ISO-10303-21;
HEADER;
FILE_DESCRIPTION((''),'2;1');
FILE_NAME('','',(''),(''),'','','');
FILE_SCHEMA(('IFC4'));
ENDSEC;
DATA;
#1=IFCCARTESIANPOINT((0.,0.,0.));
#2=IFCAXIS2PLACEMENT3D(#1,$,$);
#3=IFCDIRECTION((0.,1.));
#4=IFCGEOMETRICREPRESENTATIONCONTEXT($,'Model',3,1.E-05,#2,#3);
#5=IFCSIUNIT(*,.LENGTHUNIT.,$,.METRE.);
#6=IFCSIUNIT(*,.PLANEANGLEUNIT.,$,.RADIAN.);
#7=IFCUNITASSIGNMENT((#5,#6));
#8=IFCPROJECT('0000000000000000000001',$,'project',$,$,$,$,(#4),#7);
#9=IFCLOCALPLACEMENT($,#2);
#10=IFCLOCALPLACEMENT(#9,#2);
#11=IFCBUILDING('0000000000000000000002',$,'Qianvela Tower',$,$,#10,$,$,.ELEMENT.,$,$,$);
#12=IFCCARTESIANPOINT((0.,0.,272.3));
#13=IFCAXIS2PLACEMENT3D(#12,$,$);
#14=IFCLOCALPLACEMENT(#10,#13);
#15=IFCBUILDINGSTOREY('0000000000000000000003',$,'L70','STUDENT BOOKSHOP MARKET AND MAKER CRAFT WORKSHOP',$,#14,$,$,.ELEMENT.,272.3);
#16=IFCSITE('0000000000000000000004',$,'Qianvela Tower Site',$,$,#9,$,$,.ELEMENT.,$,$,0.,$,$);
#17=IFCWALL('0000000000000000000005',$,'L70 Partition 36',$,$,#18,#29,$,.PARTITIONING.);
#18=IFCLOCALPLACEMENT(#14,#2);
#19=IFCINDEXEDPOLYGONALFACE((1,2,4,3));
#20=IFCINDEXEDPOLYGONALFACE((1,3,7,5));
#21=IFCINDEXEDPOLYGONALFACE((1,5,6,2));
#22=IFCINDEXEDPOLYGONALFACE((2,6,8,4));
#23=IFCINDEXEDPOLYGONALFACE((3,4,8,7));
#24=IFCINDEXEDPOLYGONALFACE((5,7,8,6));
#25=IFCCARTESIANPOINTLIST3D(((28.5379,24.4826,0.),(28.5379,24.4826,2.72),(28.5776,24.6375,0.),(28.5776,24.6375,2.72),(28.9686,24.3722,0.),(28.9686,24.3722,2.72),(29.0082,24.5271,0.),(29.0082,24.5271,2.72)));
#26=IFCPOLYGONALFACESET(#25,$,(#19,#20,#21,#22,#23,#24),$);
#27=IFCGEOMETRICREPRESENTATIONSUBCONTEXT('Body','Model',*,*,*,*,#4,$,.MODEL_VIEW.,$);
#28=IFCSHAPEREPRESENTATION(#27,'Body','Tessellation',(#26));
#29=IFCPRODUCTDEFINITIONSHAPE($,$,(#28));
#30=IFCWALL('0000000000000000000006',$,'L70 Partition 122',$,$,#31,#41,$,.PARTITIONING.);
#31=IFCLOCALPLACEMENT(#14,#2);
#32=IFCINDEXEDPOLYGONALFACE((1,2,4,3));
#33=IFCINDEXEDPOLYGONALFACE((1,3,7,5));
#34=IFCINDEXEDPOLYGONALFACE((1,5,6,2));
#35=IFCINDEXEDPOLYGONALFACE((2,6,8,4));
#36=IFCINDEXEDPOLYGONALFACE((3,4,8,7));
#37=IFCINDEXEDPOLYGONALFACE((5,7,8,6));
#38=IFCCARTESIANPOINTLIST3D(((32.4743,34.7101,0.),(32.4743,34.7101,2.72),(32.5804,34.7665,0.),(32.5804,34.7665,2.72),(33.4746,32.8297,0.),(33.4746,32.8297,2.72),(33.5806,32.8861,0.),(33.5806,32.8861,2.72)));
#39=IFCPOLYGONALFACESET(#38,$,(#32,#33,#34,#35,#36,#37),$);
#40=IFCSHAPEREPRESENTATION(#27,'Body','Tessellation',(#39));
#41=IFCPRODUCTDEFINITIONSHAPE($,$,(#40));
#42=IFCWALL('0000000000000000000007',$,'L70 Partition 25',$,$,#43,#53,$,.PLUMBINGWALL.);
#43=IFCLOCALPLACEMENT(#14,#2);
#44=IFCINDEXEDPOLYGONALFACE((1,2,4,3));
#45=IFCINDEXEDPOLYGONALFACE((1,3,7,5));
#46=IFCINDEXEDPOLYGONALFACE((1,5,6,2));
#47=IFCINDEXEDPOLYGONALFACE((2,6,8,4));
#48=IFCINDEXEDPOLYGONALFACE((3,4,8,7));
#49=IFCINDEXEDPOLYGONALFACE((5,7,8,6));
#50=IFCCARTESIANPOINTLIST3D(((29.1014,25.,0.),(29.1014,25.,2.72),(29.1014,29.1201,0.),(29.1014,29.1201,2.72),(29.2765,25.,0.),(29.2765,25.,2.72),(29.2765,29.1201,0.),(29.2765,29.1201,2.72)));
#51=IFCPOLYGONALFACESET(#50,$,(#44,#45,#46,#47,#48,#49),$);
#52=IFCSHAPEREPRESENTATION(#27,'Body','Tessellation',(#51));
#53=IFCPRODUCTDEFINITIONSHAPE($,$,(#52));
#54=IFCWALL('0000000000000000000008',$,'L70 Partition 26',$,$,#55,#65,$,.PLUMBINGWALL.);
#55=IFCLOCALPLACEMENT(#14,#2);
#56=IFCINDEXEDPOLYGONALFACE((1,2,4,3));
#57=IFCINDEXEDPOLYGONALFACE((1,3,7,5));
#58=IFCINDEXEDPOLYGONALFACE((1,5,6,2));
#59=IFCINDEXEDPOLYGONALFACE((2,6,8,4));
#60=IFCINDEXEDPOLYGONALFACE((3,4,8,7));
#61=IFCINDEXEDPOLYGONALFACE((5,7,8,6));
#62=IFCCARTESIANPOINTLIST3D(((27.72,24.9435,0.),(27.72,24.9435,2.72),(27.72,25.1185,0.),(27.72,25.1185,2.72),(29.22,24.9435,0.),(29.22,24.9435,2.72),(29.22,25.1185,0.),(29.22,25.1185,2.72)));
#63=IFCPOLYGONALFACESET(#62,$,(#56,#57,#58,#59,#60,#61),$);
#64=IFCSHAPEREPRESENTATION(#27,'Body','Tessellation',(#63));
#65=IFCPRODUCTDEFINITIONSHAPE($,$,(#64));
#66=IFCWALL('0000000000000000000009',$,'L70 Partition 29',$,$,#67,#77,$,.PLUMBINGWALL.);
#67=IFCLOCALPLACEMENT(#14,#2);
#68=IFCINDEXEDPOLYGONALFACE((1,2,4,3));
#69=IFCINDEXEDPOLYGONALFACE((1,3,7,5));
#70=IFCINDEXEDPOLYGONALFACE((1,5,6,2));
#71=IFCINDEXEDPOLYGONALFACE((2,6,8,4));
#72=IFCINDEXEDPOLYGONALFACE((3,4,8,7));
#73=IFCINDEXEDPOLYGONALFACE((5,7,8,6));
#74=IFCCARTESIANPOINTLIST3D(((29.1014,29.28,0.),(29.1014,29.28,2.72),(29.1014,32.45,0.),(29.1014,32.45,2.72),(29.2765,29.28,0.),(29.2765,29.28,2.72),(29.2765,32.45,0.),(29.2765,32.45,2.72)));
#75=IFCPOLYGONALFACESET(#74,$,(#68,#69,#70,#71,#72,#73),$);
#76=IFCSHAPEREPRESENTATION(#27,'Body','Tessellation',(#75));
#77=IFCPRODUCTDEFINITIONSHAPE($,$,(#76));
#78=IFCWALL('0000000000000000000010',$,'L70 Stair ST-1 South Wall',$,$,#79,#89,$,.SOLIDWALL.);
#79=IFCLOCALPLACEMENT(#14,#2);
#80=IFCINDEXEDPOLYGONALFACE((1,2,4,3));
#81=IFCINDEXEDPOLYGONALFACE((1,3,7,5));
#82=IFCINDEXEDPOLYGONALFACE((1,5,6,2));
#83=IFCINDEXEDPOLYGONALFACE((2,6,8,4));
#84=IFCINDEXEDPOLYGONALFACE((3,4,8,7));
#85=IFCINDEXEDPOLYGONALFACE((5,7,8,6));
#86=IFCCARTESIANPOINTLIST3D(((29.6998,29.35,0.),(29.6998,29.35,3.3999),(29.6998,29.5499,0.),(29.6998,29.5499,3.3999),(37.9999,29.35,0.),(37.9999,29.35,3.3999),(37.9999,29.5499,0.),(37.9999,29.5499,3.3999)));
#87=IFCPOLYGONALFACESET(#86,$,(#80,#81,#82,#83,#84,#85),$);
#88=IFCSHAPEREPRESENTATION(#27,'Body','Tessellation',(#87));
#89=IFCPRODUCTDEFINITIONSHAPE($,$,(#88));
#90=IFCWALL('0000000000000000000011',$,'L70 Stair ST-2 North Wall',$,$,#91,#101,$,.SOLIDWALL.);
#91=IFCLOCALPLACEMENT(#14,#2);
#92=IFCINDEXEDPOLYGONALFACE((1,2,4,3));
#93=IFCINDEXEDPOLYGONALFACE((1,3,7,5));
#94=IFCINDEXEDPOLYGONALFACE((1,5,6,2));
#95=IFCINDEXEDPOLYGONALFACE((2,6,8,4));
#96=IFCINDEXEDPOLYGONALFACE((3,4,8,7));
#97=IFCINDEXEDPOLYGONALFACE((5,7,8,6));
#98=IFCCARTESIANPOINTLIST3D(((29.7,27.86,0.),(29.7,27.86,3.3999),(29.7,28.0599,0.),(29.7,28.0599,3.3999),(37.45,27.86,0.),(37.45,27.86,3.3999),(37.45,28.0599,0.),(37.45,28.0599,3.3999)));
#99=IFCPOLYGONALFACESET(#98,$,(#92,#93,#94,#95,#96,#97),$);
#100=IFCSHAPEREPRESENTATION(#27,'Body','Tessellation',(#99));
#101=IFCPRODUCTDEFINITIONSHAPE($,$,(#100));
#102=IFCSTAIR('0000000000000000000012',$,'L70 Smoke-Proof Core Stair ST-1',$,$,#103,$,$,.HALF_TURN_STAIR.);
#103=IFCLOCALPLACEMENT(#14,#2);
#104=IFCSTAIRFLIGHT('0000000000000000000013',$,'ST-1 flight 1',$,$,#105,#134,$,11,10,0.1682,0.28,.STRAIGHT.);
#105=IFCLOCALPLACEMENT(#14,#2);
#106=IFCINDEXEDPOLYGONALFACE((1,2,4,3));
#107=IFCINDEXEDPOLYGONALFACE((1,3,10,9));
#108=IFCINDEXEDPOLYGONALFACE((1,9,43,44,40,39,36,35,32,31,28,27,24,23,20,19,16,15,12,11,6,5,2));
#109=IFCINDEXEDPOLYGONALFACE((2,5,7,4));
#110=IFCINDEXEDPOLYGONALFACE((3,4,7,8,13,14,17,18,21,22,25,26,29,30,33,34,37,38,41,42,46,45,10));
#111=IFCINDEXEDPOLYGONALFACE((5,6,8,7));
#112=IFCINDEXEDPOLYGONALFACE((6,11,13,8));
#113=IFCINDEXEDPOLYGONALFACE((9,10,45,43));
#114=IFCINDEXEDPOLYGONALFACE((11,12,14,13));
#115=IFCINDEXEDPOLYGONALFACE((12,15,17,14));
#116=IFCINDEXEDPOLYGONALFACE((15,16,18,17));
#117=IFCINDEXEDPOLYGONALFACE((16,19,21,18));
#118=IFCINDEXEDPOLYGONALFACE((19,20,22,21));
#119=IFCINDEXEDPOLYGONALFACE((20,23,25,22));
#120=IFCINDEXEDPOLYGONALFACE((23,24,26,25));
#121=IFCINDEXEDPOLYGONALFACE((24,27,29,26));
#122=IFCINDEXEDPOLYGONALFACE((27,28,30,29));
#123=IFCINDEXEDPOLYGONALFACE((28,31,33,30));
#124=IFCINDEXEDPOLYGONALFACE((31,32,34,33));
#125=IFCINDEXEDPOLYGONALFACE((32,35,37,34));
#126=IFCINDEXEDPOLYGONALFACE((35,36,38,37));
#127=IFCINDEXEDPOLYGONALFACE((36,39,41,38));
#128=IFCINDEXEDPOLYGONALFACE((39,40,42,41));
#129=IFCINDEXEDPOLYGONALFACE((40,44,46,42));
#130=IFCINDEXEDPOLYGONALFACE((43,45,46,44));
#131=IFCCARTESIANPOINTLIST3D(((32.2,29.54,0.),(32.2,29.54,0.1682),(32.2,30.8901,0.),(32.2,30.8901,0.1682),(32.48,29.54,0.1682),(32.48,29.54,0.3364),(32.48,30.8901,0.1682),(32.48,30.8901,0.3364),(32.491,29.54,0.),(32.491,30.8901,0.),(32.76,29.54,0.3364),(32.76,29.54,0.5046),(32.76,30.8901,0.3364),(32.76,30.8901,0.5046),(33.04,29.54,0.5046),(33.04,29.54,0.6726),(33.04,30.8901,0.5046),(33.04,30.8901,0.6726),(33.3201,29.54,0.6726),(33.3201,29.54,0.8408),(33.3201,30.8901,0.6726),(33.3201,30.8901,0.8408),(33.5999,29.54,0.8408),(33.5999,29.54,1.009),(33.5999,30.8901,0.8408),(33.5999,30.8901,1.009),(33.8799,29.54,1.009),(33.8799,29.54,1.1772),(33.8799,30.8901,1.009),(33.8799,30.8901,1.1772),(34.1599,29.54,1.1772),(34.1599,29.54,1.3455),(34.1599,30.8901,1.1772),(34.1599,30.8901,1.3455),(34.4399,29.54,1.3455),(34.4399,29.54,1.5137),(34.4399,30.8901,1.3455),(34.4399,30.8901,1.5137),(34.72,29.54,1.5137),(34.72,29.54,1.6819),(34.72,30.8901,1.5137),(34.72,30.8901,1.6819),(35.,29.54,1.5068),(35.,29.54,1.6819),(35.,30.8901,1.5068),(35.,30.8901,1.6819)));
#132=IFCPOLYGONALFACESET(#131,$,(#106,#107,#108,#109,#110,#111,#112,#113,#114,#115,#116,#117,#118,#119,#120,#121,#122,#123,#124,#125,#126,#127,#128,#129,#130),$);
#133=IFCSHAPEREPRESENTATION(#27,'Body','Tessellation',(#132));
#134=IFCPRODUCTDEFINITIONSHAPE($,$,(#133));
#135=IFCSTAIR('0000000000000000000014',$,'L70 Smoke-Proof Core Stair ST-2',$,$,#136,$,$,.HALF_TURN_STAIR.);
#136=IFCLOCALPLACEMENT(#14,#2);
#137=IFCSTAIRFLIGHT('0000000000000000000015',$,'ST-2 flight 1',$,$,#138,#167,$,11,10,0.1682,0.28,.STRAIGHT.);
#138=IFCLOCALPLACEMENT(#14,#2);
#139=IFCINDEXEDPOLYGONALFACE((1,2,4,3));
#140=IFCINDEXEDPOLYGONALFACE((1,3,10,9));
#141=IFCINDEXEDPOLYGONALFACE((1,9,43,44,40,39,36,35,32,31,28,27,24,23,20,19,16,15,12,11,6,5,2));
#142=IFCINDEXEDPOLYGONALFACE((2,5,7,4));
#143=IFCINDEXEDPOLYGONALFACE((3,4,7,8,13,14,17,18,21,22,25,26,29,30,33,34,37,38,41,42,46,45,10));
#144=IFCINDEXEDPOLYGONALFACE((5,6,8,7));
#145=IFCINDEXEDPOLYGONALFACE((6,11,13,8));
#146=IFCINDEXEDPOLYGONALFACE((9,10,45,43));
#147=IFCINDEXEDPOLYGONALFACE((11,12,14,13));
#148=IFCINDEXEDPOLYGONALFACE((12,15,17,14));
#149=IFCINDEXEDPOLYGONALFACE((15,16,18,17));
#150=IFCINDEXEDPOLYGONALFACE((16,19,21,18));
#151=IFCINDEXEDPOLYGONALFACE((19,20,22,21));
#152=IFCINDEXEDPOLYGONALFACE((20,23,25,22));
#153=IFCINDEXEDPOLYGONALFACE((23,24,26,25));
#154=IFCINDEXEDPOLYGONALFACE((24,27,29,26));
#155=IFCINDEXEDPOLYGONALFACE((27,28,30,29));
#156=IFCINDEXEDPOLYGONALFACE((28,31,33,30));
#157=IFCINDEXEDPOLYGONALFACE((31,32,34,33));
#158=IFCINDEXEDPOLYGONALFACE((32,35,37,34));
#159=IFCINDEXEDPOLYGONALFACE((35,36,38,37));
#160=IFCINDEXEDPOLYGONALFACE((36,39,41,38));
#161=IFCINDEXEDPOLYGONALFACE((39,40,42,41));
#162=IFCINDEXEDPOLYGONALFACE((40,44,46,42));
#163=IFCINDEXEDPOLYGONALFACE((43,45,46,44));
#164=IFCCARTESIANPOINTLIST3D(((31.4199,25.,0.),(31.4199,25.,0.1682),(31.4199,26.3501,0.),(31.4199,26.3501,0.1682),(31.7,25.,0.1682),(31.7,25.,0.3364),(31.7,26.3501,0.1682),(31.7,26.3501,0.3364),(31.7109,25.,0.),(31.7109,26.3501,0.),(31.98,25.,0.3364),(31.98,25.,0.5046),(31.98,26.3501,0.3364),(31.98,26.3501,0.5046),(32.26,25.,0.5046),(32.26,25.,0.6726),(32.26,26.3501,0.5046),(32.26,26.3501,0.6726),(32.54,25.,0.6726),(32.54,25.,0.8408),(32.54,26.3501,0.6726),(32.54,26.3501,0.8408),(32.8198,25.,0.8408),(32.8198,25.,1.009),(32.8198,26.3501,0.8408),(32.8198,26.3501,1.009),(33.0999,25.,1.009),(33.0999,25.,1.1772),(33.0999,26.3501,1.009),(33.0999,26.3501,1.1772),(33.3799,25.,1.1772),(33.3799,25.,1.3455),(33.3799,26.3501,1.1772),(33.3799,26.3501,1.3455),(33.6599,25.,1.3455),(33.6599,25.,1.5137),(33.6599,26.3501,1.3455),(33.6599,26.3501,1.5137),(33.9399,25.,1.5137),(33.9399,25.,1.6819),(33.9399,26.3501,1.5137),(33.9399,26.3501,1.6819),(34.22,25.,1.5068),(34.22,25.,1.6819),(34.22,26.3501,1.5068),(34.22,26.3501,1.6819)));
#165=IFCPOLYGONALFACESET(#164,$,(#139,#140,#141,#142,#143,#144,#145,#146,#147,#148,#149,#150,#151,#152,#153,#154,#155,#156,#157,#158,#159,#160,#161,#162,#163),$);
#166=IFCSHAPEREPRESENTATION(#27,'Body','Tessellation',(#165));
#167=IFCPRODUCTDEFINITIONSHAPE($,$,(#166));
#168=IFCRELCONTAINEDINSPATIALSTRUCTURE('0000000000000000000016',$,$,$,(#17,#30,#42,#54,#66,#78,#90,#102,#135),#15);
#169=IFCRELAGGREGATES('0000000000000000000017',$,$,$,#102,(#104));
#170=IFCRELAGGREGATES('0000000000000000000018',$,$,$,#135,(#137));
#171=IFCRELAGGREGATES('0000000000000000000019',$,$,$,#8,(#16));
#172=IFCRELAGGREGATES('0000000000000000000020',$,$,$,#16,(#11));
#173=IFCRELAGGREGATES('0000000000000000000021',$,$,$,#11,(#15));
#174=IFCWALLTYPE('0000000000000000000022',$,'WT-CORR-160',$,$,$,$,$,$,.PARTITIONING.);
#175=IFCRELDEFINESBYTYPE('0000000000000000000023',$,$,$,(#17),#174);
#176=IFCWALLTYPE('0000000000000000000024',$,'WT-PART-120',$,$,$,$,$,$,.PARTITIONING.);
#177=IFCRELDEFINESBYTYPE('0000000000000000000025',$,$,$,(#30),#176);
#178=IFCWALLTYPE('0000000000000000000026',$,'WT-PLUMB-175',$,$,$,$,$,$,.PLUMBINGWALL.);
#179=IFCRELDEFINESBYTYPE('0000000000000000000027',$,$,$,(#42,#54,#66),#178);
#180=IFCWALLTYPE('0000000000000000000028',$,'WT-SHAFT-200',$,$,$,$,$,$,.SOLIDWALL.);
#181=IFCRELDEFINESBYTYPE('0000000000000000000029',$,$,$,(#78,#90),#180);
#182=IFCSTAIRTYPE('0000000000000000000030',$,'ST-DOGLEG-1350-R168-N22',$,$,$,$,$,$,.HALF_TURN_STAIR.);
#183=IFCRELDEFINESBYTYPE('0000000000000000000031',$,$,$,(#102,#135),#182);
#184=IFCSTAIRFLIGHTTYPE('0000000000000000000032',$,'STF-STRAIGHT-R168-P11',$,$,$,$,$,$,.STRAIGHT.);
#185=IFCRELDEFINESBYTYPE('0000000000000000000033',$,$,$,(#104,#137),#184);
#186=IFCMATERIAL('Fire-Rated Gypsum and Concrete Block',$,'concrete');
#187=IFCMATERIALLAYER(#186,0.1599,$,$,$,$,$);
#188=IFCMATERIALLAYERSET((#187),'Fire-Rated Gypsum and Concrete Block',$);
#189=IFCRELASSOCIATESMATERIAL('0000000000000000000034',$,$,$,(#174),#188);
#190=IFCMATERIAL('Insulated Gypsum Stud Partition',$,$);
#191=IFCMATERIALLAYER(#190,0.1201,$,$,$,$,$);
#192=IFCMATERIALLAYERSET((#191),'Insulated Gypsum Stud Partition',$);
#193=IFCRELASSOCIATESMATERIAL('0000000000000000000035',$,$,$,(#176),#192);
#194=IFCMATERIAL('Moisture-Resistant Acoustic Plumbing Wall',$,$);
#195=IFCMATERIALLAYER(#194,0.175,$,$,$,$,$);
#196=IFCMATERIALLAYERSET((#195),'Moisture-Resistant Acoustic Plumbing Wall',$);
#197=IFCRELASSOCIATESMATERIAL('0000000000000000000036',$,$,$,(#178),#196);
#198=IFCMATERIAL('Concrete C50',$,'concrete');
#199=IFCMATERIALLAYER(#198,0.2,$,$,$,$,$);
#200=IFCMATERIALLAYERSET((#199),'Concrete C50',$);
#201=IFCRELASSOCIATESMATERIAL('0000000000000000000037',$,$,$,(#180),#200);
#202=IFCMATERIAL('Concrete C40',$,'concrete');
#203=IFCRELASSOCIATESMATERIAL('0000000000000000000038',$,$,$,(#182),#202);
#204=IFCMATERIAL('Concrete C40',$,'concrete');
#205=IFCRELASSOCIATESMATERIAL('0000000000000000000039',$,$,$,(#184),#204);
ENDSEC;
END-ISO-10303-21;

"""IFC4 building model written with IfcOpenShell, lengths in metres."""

from ifc_helpers import new_model, si_unit, direction, frame, frame_2d, origin, place, context, subcontext, project, spatial, polyline, rectangle, outline, extrude, material, layer, layer_set, type_object, element, aggregate, save


model = new_model("IFC4")

# Units and contexts
model_context = context("Model", 3, precision=1e-05, world=origin(), true_north=direction((0.0, 1.0)))
body_context = subcontext(model_context, "Body", "Model", "MODEL_VIEW")
ifc_project = project(units=[si_unit("LENGTHUNIT", "METRE"), si_unit("PLANEANGLEUNIT", "RADIAN")], contexts=[model_context])

# Site, building, storey
site_placement = place(None, origin())
site = spatial("IfcSite", under=ifc_project, at=site_placement, Name="Qianvela Tower Site", CompositionType="ELEMENT", RefElevation=0.0)
building_placement = place(site_placement, origin())
building = spatial("IfcBuilding", under=site, at=building_placement, Name="Qianvela Tower", CompositionType="ELEMENT")
storey_placement = place(building_placement, frame((0.0, 0.0, 272.3)))
storey = spatial("IfcBuildingStorey", under=building, at=storey_placement, Name="L70", Description="STUDENT BOOKSHOP MARKET AND MAKER CRAFT WORKSHOP", CompositionType="ELEMENT", Elevation=272.3)

# Walls
ifc_material_1 = material(Name="Fire-Rated Gypsum and Concrete Block", Category="concrete")
ifc_layer_1 = layer(ifc_material_1, 0.1599)
ifc_layer_set_1 = layer_set([ifc_layer_1], Name="Fire-Rated Gypsum and Concrete Block")
wall_type_1 = type_object("IfcWallType", Name="WT-CORR-160", PredefinedType="PARTITIONING", material=ifc_layer_set_1)
wall_1_placement = place(storey_placement, frame((28.9883, 24.4497, 0.0), z_axis=(0.0, 0.0, 1.0), x_axis=(-0.968705, 0.248217, 0.0)))
element("IfcWall", 1, at=wall_1_placement, inside=storey, type_object=wall_type_1, Name="L70 Partition 36", PredefinedType="PARTITIONING", context=body_context, shape_type="SweptSolid", body=[
    extrude(rectangle(XDim=0.4446, YDim=0.1599, at=frame_2d((0.2222, 0.0))), origin(), (0.0, 0.0, 1.0), 2.72),
])
ifc_material_2 = material(Name="Insulated Gypsum Stud Partition")
ifc_layer_2 = layer(ifc_material_2, 0.1201)
ifc_layer_set_2 = layer_set([ifc_layer_2], Name="Insulated Gypsum Stud Partition")
wall_type_2 = type_object("IfcWallType", Name="WT-PART-120", PredefinedType="PARTITIONING", material=ifc_layer_set_2)
wall_2_placement = place(storey_placement, frame((33.5276, 32.8579, 0.0), z_axis=(0.0, 0.0, 1.0), x_axis=(-0.46963, 0.882863, 0.0)))
element("IfcWall", 2, at=wall_2_placement, inside=storey, type_object=wall_type_2, Name="L70 Partition 122", PredefinedType="PARTITIONING", context=body_context, shape_type="SweptSolid", body=[
    extrude(rectangle(XDim=2.1299, YDim=0.1201, at=frame_2d((1.0649, 0.0))), origin(), (0.0, 0.0, 1.0), 2.72),
])
ifc_material_3 = material(Name="Moisture-Resistant Acoustic Plumbing Wall")
ifc_layer_3 = layer(ifc_material_3, 0.175)
ifc_layer_set_3 = layer_set([ifc_layer_3], Name="Moisture-Resistant Acoustic Plumbing Wall")
wall_type_3 = type_object("IfcWallType", Name="WT-PLUMB-175", PredefinedType="PLUMBINGWALL", material=ifc_layer_set_3)
wall_3_placement = place(storey_placement, frame((29.189, 29.1201, 0.0), z_axis=(0.0, 0.0, 1.0), x_axis=(0.0, -1.0, 0.0)))
element("IfcWall", 3, at=wall_3_placement, inside=storey, type_object=wall_type_3, Name="L70 Partition 25", PredefinedType="PLUMBINGWALL", context=body_context, shape_type="SweptSolid", body=[
    extrude(rectangle(XDim=4.1201, YDim=0.175, at=frame_2d((2.0601, 0.0))), origin(), (0.0, 0.0, 1.0), 2.72),
])
wall_4_placement = place(storey_placement, frame((29.22, 25.031, 0.0), z_axis=(0.0, 0.0, 1.0), x_axis=(-1.0, 0.0, 0.0)))
element("IfcWall", 4, at=wall_4_placement, inside=storey, type_object=wall_type_3, Name="L70 Partition 26", PredefinedType="PLUMBINGWALL", context=body_context, shape_type="SweptSolid", body=[
    extrude(rectangle(XDim=1.5, YDim=0.175, at=frame_2d((0.75, 0.0))), origin(), (0.0, 0.0, 1.0), 2.72),
])
wall_5_placement = place(storey_placement, frame((29.189, 32.45, 0.0), z_axis=(0.0, 0.0, 1.0), x_axis=(0.0, -1.0, 0.0)))
element("IfcWall", 5, at=wall_5_placement, inside=storey, type_object=wall_type_3, Name="L70 Partition 29", PredefinedType="PLUMBINGWALL", context=body_context, shape_type="SweptSolid", body=[
    extrude(rectangle(XDim=3.1699, YDim=0.175, at=frame_2d((1.585, 0.0))), origin(), (0.0, 0.0, 1.0), 2.72),
])
ifc_material_4 = material(Name="Concrete C50", Category="concrete")
ifc_layer_4 = layer(ifc_material_4, 0.2)
ifc_layer_set_4 = layer_set([ifc_layer_4], Name="Concrete C50")
wall_type_4 = type_object("IfcWallType", Name="WT-SHAFT-200", PredefinedType="SOLIDWALL", material=ifc_layer_set_4)
wall_6_placement = place(storey_placement, frame((29.7, 29.45, 0.0), z_axis=(0.0, 0.0, 1.0), x_axis=(1.0, 0.0, 0.0)))
element("IfcWall", 6, at=wall_6_placement, inside=storey, type_object=wall_type_4, Name="L70 Stair ST-1 South Wall", PredefinedType="SOLIDWALL", context=body_context, shape_type="SweptSolid", body=[
    extrude(rectangle(XDim=8.3, YDim=0.2, at=frame_2d((4.1499, 0.0))), origin(), (0.0, 0.0, 1.0), 3.3999),
])
wall_7_placement = place(storey_placement, frame((29.7, 27.96, 0.0), z_axis=(0.0, 0.0, 1.0), x_axis=(1.0, 0.0, 0.0)))
element("IfcWall", 7, at=wall_7_placement, inside=storey, type_object=wall_type_4, Name="L70 Stair ST-2 North Wall", PredefinedType="SOLIDWALL", context=body_context, shape_type="SweptSolid", body=[
    extrude(rectangle(XDim=7.75, YDim=0.2, at=frame_2d((3.875, 0.0))), origin(), (0.0, 0.0, 1.0), 3.3999),
])

# Stair, stair flight
ifc_material_5 = material(Name="Concrete C40", Category="concrete")
stair_type = type_object("IfcStairType", Name="ST-DOGLEG-1350-R168-N22", PredefinedType="HALF_TURN_STAIR", material=ifc_material_5)
stair_1_placement = place(storey_placement, origin())
stair_1 = element("IfcStair", 8, at=stair_1_placement, inside=storey, type_object=stair_type, Name="L70 Smoke-Proof Core Stair ST-1", PredefinedType="HALF_TURN_STAIR")
ifc_material_6 = material(Name="Concrete C40", Category="concrete")
stair_flight_type = type_object("IfcStairFlightType", Name="STF-STRAIGHT-R168-P11", PredefinedType="STRAIGHT", material=ifc_material_6)
stair_flight_1_placement = place(storey_placement, frame((32.2, 30.2151, 0.0), z_axis=(0.0, 0.0, 1.0), x_axis=(1.0, 0.0, 0.0)))
stair_flight_1 = element("IfcStairFlight", 9, at=stair_flight_1_placement, type_object=stair_flight_type, Name="ST-1 flight 1", NumberOfRisers=11, NumberOfTreads=10, PredefinedType="STRAIGHT", RiserHeight=0.1682, TreadLength=0.28, context=body_context, shape_type="SweptSolid", body=[
    extrude(outline(polyline([(0.0, 0.0), (0.0, 0.1682), (0.28, 0.1682), (0.28, 0.3364), (0.5601, 0.3364), (0.5601, 0.5046), (0.8401, 0.5046), (0.8401, 0.6726), (1.1201, 0.6726), (1.1201, 0.8408), (1.3999, 0.8408), (1.3999, 1.009), (1.6799, 1.009), (1.6799, 1.1772), (1.96, 1.1772), (1.96, 1.3455), (2.24, 1.3455), (2.24, 1.5137), (2.52, 1.5137), (2.52, 1.6819), (2.8, 1.6819), (2.8, 1.8501), (2.8, 1.5068), (0.291, 0.0), (0.0, 0.0)])), frame((0.0, 0.675, 0.0), z_axis=(0.0, -1.0, 0.0), x_axis=(1.0, 0.0, 0.0)), (0.0, 0.0, 1.0), 1.3501),
])
aggregate(stair_1, [stair_flight_1])

# Stair, stair flight
stair_2_placement = place(storey_placement, origin())
stair_2 = element("IfcStair", 10, at=stair_2_placement, inside=storey, type_object=stair_type, Name="L70 Smoke-Proof Core Stair ST-2", PredefinedType="HALF_TURN_STAIR")
stair_flight_2_placement = place(storey_placement, frame((31.4199, 25.675, 0.0), z_axis=(0.0, 0.0, 1.0), x_axis=(1.0, 0.0, 0.0)))
stair_flight_2 = element("IfcStairFlight", 11, at=stair_flight_2_placement, type_object=stair_flight_type, Name="ST-2 flight 1", NumberOfRisers=11, NumberOfTreads=10, PredefinedType="STRAIGHT", RiserHeight=0.1682, TreadLength=0.28, context=body_context, shape_type="SweptSolid", body=[
    extrude(outline(polyline([(0.0, 0.0), (0.0, 0.1682), (0.28, 0.1682), (0.28, 0.3364), (0.5601, 0.3364), (0.5601, 0.5046), (0.8401, 0.5046), (0.8401, 0.6726), (1.1201, 0.6726), (1.1201, 0.8408), (1.3999, 0.8408), (1.3999, 1.009), (1.6799, 1.009), (1.6799, 1.1772), (1.96, 1.1772), (1.96, 1.3455), (2.24, 1.3455), (2.24, 1.5137), (2.52, 1.5137), (2.52, 1.6819), (2.8, 1.6819), (2.8, 1.8501), (2.8, 1.5068), (0.291, 0.0), (0.0, 0.0)])), frame((0.0, 0.675, 0.0), z_axis=(0.0, -1.0, 0.0), x_axis=(1.0, 0.0, 0.0)), (0.0, 0.0, 1.0), 1.3501),
])
aggregate(stair_2, [stair_flight_2])

save(model, "model.ifc")
